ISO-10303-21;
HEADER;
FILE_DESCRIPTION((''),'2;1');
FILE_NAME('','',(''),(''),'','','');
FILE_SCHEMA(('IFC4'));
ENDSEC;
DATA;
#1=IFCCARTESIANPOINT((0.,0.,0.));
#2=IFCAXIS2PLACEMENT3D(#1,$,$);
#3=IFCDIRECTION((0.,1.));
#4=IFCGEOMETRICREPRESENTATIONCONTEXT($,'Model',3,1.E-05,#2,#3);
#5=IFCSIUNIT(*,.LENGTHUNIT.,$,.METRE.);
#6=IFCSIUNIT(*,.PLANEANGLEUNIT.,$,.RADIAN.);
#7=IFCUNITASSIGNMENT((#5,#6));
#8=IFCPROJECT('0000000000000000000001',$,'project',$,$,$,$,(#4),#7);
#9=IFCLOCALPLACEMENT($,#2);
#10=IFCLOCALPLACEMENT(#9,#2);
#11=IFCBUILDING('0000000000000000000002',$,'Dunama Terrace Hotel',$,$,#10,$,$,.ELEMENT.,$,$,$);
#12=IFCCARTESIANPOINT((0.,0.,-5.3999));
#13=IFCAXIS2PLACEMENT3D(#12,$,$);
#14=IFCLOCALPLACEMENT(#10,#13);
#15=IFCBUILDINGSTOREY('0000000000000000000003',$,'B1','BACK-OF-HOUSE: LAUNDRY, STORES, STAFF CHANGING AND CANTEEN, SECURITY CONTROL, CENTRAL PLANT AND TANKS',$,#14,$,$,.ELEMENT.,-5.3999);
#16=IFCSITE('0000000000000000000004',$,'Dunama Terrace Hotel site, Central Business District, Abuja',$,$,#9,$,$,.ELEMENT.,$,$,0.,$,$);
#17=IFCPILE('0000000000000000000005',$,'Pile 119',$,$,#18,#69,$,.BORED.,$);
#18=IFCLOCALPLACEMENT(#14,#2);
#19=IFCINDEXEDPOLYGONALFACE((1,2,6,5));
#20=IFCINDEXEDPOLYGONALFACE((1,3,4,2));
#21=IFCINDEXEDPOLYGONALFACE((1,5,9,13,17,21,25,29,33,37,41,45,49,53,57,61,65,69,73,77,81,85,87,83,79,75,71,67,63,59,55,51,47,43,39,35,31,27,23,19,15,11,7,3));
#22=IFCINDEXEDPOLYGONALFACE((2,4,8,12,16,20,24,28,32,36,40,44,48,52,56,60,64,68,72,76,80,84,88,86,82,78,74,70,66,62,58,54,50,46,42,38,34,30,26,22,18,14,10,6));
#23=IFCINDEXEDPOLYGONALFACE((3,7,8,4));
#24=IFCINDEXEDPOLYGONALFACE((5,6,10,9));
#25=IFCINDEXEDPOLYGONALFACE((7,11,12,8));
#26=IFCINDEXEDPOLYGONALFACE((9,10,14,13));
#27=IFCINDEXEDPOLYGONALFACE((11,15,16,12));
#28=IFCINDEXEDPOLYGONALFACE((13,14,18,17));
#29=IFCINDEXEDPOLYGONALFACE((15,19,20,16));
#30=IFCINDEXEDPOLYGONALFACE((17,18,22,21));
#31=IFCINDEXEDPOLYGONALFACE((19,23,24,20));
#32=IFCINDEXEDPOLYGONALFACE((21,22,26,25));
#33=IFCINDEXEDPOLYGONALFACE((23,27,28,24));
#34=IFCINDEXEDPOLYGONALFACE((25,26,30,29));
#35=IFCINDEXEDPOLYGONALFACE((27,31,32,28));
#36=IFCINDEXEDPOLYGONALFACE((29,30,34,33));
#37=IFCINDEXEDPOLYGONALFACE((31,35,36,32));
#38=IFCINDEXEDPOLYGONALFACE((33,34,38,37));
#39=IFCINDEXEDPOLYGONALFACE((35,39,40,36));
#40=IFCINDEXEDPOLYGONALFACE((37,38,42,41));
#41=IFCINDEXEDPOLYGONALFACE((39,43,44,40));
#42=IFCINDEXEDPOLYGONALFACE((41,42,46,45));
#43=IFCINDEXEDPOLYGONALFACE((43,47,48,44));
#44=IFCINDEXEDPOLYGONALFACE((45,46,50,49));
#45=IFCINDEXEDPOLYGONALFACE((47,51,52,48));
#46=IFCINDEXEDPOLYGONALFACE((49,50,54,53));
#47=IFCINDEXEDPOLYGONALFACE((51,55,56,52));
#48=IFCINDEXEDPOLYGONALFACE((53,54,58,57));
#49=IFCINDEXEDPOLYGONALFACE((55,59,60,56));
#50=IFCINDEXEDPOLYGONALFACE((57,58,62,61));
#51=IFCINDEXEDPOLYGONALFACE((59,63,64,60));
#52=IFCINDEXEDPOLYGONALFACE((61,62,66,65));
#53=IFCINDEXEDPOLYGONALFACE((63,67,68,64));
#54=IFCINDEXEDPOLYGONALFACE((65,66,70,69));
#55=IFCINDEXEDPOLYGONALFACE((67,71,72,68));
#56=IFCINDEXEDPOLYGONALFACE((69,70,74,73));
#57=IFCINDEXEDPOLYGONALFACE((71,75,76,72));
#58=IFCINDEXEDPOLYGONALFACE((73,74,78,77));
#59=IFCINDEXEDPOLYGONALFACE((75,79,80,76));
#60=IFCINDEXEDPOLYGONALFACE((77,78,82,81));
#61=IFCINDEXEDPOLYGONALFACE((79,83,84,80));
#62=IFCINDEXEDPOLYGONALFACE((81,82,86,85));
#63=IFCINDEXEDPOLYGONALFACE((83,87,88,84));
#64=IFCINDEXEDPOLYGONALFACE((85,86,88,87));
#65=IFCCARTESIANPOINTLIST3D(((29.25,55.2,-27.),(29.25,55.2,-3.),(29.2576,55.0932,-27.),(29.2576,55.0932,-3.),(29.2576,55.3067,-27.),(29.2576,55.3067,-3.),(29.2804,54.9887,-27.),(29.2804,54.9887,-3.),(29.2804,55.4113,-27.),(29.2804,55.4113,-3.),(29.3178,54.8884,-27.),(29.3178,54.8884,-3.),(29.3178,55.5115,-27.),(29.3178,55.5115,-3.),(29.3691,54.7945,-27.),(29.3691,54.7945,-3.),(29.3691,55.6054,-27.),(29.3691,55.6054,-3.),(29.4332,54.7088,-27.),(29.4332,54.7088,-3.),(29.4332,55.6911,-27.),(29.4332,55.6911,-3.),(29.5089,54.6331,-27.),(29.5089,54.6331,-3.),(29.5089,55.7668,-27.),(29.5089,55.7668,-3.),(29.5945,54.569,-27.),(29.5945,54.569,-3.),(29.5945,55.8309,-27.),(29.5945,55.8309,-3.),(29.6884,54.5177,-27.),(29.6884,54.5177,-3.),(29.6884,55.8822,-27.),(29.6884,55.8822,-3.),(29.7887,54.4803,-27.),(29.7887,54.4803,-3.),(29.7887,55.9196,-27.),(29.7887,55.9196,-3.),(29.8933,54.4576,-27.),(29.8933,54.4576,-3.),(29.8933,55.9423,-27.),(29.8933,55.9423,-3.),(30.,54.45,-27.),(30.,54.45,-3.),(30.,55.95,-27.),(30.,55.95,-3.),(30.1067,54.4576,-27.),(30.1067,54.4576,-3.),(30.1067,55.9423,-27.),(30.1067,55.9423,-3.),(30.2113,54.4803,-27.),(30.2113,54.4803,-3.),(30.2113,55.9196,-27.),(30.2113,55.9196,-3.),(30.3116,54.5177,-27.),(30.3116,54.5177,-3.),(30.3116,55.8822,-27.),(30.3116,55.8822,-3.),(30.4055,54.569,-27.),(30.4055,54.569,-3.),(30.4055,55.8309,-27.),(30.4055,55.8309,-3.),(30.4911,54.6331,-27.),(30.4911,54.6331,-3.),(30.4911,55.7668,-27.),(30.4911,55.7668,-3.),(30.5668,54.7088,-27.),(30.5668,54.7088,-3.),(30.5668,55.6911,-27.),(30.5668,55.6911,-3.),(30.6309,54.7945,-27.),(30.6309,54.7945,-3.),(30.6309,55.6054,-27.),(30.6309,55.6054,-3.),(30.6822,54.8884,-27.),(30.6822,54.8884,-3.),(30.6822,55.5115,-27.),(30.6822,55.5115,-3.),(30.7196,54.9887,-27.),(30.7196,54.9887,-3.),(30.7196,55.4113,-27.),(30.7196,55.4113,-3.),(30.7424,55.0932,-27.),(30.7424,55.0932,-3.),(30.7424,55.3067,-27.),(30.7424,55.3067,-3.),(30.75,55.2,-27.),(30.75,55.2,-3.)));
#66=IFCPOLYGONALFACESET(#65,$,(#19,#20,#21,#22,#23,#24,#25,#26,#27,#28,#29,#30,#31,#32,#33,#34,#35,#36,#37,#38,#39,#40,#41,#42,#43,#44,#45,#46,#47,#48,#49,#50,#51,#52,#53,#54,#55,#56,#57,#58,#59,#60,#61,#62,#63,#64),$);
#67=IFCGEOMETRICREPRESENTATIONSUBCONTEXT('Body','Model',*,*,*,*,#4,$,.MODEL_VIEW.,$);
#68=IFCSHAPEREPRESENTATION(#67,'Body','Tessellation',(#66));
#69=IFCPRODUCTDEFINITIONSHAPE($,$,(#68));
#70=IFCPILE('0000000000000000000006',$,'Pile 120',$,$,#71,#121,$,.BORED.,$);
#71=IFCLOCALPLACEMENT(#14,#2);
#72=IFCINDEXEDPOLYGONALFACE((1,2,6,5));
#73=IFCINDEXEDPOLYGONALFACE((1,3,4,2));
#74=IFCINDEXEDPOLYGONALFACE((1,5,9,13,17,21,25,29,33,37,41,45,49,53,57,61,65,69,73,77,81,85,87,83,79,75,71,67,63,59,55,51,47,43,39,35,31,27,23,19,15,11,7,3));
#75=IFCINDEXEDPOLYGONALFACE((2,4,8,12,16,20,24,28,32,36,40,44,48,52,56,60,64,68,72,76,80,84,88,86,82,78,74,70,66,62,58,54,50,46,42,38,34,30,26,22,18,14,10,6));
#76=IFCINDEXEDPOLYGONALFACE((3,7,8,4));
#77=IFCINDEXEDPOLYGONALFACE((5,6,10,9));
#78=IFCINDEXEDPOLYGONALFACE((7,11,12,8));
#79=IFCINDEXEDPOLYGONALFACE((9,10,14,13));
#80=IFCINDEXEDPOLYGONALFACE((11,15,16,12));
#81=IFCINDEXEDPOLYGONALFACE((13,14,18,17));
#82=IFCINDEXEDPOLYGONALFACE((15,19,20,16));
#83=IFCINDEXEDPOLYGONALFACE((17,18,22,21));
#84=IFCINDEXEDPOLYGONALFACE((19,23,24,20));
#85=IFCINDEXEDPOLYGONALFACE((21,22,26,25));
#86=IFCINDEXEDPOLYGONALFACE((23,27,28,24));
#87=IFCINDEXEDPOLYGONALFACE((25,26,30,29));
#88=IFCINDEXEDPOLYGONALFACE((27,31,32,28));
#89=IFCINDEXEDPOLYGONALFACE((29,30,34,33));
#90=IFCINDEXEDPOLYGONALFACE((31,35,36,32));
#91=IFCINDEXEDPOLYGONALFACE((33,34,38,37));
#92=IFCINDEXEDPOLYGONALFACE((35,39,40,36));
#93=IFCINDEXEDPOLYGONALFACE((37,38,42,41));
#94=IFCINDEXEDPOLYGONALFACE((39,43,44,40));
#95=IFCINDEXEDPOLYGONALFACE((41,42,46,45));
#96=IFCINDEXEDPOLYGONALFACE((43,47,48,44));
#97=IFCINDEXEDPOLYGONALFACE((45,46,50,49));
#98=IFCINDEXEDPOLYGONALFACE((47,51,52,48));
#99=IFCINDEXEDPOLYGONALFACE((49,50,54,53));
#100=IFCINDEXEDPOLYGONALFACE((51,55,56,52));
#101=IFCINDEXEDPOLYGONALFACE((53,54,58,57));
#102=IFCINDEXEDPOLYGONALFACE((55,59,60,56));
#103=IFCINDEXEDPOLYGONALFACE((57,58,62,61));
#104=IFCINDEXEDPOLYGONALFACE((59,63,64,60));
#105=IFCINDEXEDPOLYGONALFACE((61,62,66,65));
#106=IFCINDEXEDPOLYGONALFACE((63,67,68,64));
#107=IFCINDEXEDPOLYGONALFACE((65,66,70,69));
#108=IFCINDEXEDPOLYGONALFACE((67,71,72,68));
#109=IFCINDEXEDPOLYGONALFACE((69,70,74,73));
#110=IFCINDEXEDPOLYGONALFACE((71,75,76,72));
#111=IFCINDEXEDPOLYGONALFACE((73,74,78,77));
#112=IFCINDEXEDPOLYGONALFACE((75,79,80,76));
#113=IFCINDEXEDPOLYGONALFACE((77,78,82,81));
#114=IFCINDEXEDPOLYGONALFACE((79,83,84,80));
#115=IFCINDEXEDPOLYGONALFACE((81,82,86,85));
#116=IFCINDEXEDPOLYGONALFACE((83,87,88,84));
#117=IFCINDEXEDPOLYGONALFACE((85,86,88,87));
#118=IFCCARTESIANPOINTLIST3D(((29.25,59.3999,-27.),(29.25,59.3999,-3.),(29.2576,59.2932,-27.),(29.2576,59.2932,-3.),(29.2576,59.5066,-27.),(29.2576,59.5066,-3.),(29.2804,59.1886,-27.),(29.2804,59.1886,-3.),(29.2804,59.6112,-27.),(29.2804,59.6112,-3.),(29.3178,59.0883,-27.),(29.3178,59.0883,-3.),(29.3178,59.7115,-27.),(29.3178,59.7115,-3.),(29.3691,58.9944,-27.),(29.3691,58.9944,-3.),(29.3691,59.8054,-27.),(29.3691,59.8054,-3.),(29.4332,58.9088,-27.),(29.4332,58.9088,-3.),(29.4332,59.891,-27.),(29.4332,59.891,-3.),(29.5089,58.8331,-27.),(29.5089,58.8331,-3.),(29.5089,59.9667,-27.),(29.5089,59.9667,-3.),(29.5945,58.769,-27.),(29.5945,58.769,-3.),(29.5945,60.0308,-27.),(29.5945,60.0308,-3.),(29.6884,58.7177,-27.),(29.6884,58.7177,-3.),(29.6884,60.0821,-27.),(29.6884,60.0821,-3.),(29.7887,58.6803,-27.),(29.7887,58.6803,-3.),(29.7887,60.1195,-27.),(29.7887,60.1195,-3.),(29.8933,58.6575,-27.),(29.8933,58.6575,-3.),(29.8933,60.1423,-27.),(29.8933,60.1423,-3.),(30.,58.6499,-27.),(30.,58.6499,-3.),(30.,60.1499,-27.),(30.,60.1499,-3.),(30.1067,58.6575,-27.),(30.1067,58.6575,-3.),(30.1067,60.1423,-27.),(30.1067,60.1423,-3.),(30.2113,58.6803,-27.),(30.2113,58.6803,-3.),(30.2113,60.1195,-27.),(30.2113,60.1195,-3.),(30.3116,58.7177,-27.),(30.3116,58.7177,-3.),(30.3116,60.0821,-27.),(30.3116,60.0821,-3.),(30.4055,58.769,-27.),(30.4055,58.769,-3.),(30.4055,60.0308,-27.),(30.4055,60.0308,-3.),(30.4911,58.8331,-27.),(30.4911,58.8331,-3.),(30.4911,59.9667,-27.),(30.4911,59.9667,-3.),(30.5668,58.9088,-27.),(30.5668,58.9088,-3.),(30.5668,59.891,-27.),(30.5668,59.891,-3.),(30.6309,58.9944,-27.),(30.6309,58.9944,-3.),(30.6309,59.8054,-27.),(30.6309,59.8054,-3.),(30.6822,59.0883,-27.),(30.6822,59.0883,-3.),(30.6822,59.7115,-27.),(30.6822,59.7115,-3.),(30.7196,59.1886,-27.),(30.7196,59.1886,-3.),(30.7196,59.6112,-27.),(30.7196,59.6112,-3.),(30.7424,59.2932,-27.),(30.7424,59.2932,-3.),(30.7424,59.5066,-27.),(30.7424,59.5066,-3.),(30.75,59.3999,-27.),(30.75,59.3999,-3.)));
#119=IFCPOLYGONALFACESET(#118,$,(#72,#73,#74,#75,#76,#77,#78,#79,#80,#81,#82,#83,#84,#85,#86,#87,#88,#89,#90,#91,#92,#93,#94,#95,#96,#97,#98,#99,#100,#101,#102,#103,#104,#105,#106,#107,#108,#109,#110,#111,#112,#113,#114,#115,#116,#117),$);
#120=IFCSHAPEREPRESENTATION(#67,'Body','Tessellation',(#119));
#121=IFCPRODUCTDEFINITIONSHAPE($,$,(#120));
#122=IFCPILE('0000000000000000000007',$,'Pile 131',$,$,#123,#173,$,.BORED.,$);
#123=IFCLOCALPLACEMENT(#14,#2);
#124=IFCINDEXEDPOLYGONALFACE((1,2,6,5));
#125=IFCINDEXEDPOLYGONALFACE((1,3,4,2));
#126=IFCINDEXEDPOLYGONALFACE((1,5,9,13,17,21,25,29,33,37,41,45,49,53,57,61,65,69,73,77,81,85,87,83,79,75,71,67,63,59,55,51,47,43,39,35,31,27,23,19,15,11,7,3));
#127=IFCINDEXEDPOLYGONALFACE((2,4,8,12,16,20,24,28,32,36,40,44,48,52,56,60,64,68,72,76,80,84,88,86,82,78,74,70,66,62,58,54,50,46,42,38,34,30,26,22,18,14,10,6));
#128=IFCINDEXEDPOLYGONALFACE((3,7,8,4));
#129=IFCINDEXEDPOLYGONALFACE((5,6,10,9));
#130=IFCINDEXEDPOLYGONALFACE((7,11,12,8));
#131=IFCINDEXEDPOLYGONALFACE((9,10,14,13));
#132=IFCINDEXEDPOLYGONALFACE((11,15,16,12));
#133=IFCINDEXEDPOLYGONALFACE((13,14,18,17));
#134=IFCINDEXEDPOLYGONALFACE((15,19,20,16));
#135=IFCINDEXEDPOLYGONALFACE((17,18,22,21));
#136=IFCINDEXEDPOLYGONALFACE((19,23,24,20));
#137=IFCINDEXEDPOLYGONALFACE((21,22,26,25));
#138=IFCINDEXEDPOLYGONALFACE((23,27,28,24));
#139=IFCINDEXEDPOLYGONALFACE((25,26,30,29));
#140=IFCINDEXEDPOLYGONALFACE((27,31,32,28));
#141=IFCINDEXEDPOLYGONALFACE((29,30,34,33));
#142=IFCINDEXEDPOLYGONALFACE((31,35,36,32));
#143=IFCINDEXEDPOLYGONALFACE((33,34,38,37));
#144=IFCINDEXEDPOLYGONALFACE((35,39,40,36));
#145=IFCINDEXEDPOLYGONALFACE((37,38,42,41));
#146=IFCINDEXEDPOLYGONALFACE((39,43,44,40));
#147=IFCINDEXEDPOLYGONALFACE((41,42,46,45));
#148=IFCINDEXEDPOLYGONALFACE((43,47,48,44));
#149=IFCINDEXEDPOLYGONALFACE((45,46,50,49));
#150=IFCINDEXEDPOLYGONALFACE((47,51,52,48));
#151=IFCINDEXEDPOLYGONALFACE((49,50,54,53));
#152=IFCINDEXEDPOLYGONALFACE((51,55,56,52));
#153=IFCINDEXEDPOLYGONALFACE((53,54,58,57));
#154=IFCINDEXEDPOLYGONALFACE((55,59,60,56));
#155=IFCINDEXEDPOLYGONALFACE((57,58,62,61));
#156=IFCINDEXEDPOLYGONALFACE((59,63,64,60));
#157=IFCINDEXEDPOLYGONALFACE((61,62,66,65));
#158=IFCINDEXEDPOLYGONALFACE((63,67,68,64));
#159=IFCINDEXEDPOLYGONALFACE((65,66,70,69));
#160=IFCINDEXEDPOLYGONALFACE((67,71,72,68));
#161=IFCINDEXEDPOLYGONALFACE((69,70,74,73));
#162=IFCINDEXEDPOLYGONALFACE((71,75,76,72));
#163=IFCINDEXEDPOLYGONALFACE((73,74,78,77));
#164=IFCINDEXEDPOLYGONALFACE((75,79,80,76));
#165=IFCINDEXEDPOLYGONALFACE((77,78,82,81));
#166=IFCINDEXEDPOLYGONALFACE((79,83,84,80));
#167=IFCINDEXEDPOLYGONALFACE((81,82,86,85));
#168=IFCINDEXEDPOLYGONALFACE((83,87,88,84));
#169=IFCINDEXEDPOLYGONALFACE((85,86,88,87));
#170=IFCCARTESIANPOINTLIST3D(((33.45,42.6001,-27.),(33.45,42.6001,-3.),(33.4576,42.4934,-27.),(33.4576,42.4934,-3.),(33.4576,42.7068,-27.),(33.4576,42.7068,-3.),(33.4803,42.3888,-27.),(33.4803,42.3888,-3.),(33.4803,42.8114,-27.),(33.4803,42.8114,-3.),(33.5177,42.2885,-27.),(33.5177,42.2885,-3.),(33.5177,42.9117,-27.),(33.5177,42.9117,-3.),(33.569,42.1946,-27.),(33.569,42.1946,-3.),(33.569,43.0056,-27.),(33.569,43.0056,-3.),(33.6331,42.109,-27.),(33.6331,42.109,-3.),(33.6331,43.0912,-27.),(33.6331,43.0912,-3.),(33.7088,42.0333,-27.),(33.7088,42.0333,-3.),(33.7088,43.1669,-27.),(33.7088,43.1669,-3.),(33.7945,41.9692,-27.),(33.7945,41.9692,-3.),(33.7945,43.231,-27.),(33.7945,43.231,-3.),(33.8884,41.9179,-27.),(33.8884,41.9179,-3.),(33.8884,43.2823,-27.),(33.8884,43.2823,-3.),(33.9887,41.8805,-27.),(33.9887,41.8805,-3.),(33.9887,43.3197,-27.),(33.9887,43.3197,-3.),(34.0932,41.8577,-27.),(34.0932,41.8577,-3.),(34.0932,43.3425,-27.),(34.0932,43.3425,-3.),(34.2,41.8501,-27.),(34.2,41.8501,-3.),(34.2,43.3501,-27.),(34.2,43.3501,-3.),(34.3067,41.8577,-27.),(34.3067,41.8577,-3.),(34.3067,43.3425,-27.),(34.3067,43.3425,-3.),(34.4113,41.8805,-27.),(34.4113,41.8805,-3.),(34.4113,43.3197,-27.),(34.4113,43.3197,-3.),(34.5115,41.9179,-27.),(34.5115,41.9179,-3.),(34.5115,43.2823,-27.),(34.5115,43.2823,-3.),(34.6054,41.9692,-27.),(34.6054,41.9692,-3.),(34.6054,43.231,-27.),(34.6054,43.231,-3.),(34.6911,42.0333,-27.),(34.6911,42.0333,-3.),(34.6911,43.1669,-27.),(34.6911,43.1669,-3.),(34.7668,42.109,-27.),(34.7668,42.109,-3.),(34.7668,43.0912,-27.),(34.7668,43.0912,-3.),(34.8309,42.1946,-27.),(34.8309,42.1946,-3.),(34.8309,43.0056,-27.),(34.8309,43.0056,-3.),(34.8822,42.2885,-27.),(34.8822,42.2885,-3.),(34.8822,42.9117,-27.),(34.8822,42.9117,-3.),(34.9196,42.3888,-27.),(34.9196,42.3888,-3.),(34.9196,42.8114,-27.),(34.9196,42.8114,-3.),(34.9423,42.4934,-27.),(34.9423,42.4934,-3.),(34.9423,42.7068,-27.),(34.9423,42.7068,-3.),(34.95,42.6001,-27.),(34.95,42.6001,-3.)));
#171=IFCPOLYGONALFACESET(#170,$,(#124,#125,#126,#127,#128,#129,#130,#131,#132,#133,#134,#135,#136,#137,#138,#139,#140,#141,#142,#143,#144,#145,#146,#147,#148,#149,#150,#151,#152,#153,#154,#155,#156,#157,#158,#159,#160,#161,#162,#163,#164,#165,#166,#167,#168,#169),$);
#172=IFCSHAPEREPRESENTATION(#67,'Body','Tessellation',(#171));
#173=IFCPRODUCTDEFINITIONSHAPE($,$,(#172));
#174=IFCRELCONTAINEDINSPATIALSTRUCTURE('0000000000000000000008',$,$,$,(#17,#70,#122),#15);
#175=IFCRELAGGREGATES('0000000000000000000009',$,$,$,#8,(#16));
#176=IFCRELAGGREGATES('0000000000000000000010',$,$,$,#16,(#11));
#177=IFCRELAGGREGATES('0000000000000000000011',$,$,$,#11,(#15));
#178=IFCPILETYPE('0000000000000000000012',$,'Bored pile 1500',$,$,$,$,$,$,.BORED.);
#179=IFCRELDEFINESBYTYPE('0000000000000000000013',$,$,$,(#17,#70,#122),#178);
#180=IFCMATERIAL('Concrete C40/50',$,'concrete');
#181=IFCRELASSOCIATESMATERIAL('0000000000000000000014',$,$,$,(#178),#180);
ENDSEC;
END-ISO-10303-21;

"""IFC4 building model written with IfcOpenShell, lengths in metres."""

from ifc_helpers import new_model, si_unit, direction, frame, origin, origin_2d, place, context, subcontext, project, spatial, circle, extrude, material, material_profile, profile_set, type_object, element, save


model = new_model("IFC4")

# Units and contexts
model_context = context("Model", 3, precision=1e-05, world=origin(), true_north=direction((0.0, 1.0)))
body_context = subcontext(model_context, "Body", "Model", "MODEL_VIEW")
ifc_project = project(units=[si_unit("LENGTHUNIT", "METRE"), si_unit("PLANEANGLEUNIT", "RADIAN")], contexts=[model_context])

# Site, building, storey
site_placement = place(None, origin())
site = spatial("IfcSite", under=ifc_project, at=site_placement, Name="Dunama Terrace Hotel site, Central Business District, Abuja", CompositionType="ELEMENT", RefElevation=0.0)
building_placement = place(site_placement, origin())
building = spatial("IfcBuilding", under=site, at=building_placement, Name="Dunama Terrace Hotel", CompositionType="ELEMENT")
storey_placement = place(building_placement, frame((0.0, 0.0, -5.3999)))
storey = spatial("IfcBuildingStorey", under=building, at=storey_placement, Name="B1", Description="BACK-OF-HOUSE: LAUNDRY, STORES, STAFF CHANGING AND CANTEEN, SECURITY CONTROL, CENTRAL PLANT AND TANKS", CompositionType="ELEMENT", Elevation=-5.3999)

# Piles
ifc_material_1 = material(Name="Concrete C40/50", Category="concrete")
ifc_material_profile_1 = material_profile(ifc_material_1, circle(Radius=0.75, at=origin_2d()), Name="PILE D1500")
ifc_profile_set_1 = profile_set([ifc_material_profile_1], Name="Concrete C40/50")
pile_type = type_object("IfcPileType", Name="Bored pile 1500", PredefinedType="BORED", material=ifc_profile_set_1)
for number, where, z_axis, x_axis, name in (
    (1, (30.0, 55.2, -3.0), (0.0, 0.0, -1.0), (1.0, 0.0, 0.0), "Pile 119"),
    (2, (30.0, 59.3999, -3.0), (0.0, 0.0, -1.0), (1.0, 0.0, 0.0), "Pile 120"),
    (3, (34.2, 42.6001, -3.0), (0.0, 0.0, -1.0), (1.0, 0.0, 0.0), "Pile 131"),
):
    element("IfcPile", number, at=place(storey_placement, frame(where, z_axis=z_axis, x_axis=x_axis)), inside=storey, type_object=pile_type, Name=name, PredefinedType="BORED", context=body_context, shape_type="SweptSolid", body=[
        extrude(circle(Radius=0.75, at=origin_2d()), origin(), (0.0, 0.0, 1.0), 24.0),
    ])

save(model, "model.ifc")
